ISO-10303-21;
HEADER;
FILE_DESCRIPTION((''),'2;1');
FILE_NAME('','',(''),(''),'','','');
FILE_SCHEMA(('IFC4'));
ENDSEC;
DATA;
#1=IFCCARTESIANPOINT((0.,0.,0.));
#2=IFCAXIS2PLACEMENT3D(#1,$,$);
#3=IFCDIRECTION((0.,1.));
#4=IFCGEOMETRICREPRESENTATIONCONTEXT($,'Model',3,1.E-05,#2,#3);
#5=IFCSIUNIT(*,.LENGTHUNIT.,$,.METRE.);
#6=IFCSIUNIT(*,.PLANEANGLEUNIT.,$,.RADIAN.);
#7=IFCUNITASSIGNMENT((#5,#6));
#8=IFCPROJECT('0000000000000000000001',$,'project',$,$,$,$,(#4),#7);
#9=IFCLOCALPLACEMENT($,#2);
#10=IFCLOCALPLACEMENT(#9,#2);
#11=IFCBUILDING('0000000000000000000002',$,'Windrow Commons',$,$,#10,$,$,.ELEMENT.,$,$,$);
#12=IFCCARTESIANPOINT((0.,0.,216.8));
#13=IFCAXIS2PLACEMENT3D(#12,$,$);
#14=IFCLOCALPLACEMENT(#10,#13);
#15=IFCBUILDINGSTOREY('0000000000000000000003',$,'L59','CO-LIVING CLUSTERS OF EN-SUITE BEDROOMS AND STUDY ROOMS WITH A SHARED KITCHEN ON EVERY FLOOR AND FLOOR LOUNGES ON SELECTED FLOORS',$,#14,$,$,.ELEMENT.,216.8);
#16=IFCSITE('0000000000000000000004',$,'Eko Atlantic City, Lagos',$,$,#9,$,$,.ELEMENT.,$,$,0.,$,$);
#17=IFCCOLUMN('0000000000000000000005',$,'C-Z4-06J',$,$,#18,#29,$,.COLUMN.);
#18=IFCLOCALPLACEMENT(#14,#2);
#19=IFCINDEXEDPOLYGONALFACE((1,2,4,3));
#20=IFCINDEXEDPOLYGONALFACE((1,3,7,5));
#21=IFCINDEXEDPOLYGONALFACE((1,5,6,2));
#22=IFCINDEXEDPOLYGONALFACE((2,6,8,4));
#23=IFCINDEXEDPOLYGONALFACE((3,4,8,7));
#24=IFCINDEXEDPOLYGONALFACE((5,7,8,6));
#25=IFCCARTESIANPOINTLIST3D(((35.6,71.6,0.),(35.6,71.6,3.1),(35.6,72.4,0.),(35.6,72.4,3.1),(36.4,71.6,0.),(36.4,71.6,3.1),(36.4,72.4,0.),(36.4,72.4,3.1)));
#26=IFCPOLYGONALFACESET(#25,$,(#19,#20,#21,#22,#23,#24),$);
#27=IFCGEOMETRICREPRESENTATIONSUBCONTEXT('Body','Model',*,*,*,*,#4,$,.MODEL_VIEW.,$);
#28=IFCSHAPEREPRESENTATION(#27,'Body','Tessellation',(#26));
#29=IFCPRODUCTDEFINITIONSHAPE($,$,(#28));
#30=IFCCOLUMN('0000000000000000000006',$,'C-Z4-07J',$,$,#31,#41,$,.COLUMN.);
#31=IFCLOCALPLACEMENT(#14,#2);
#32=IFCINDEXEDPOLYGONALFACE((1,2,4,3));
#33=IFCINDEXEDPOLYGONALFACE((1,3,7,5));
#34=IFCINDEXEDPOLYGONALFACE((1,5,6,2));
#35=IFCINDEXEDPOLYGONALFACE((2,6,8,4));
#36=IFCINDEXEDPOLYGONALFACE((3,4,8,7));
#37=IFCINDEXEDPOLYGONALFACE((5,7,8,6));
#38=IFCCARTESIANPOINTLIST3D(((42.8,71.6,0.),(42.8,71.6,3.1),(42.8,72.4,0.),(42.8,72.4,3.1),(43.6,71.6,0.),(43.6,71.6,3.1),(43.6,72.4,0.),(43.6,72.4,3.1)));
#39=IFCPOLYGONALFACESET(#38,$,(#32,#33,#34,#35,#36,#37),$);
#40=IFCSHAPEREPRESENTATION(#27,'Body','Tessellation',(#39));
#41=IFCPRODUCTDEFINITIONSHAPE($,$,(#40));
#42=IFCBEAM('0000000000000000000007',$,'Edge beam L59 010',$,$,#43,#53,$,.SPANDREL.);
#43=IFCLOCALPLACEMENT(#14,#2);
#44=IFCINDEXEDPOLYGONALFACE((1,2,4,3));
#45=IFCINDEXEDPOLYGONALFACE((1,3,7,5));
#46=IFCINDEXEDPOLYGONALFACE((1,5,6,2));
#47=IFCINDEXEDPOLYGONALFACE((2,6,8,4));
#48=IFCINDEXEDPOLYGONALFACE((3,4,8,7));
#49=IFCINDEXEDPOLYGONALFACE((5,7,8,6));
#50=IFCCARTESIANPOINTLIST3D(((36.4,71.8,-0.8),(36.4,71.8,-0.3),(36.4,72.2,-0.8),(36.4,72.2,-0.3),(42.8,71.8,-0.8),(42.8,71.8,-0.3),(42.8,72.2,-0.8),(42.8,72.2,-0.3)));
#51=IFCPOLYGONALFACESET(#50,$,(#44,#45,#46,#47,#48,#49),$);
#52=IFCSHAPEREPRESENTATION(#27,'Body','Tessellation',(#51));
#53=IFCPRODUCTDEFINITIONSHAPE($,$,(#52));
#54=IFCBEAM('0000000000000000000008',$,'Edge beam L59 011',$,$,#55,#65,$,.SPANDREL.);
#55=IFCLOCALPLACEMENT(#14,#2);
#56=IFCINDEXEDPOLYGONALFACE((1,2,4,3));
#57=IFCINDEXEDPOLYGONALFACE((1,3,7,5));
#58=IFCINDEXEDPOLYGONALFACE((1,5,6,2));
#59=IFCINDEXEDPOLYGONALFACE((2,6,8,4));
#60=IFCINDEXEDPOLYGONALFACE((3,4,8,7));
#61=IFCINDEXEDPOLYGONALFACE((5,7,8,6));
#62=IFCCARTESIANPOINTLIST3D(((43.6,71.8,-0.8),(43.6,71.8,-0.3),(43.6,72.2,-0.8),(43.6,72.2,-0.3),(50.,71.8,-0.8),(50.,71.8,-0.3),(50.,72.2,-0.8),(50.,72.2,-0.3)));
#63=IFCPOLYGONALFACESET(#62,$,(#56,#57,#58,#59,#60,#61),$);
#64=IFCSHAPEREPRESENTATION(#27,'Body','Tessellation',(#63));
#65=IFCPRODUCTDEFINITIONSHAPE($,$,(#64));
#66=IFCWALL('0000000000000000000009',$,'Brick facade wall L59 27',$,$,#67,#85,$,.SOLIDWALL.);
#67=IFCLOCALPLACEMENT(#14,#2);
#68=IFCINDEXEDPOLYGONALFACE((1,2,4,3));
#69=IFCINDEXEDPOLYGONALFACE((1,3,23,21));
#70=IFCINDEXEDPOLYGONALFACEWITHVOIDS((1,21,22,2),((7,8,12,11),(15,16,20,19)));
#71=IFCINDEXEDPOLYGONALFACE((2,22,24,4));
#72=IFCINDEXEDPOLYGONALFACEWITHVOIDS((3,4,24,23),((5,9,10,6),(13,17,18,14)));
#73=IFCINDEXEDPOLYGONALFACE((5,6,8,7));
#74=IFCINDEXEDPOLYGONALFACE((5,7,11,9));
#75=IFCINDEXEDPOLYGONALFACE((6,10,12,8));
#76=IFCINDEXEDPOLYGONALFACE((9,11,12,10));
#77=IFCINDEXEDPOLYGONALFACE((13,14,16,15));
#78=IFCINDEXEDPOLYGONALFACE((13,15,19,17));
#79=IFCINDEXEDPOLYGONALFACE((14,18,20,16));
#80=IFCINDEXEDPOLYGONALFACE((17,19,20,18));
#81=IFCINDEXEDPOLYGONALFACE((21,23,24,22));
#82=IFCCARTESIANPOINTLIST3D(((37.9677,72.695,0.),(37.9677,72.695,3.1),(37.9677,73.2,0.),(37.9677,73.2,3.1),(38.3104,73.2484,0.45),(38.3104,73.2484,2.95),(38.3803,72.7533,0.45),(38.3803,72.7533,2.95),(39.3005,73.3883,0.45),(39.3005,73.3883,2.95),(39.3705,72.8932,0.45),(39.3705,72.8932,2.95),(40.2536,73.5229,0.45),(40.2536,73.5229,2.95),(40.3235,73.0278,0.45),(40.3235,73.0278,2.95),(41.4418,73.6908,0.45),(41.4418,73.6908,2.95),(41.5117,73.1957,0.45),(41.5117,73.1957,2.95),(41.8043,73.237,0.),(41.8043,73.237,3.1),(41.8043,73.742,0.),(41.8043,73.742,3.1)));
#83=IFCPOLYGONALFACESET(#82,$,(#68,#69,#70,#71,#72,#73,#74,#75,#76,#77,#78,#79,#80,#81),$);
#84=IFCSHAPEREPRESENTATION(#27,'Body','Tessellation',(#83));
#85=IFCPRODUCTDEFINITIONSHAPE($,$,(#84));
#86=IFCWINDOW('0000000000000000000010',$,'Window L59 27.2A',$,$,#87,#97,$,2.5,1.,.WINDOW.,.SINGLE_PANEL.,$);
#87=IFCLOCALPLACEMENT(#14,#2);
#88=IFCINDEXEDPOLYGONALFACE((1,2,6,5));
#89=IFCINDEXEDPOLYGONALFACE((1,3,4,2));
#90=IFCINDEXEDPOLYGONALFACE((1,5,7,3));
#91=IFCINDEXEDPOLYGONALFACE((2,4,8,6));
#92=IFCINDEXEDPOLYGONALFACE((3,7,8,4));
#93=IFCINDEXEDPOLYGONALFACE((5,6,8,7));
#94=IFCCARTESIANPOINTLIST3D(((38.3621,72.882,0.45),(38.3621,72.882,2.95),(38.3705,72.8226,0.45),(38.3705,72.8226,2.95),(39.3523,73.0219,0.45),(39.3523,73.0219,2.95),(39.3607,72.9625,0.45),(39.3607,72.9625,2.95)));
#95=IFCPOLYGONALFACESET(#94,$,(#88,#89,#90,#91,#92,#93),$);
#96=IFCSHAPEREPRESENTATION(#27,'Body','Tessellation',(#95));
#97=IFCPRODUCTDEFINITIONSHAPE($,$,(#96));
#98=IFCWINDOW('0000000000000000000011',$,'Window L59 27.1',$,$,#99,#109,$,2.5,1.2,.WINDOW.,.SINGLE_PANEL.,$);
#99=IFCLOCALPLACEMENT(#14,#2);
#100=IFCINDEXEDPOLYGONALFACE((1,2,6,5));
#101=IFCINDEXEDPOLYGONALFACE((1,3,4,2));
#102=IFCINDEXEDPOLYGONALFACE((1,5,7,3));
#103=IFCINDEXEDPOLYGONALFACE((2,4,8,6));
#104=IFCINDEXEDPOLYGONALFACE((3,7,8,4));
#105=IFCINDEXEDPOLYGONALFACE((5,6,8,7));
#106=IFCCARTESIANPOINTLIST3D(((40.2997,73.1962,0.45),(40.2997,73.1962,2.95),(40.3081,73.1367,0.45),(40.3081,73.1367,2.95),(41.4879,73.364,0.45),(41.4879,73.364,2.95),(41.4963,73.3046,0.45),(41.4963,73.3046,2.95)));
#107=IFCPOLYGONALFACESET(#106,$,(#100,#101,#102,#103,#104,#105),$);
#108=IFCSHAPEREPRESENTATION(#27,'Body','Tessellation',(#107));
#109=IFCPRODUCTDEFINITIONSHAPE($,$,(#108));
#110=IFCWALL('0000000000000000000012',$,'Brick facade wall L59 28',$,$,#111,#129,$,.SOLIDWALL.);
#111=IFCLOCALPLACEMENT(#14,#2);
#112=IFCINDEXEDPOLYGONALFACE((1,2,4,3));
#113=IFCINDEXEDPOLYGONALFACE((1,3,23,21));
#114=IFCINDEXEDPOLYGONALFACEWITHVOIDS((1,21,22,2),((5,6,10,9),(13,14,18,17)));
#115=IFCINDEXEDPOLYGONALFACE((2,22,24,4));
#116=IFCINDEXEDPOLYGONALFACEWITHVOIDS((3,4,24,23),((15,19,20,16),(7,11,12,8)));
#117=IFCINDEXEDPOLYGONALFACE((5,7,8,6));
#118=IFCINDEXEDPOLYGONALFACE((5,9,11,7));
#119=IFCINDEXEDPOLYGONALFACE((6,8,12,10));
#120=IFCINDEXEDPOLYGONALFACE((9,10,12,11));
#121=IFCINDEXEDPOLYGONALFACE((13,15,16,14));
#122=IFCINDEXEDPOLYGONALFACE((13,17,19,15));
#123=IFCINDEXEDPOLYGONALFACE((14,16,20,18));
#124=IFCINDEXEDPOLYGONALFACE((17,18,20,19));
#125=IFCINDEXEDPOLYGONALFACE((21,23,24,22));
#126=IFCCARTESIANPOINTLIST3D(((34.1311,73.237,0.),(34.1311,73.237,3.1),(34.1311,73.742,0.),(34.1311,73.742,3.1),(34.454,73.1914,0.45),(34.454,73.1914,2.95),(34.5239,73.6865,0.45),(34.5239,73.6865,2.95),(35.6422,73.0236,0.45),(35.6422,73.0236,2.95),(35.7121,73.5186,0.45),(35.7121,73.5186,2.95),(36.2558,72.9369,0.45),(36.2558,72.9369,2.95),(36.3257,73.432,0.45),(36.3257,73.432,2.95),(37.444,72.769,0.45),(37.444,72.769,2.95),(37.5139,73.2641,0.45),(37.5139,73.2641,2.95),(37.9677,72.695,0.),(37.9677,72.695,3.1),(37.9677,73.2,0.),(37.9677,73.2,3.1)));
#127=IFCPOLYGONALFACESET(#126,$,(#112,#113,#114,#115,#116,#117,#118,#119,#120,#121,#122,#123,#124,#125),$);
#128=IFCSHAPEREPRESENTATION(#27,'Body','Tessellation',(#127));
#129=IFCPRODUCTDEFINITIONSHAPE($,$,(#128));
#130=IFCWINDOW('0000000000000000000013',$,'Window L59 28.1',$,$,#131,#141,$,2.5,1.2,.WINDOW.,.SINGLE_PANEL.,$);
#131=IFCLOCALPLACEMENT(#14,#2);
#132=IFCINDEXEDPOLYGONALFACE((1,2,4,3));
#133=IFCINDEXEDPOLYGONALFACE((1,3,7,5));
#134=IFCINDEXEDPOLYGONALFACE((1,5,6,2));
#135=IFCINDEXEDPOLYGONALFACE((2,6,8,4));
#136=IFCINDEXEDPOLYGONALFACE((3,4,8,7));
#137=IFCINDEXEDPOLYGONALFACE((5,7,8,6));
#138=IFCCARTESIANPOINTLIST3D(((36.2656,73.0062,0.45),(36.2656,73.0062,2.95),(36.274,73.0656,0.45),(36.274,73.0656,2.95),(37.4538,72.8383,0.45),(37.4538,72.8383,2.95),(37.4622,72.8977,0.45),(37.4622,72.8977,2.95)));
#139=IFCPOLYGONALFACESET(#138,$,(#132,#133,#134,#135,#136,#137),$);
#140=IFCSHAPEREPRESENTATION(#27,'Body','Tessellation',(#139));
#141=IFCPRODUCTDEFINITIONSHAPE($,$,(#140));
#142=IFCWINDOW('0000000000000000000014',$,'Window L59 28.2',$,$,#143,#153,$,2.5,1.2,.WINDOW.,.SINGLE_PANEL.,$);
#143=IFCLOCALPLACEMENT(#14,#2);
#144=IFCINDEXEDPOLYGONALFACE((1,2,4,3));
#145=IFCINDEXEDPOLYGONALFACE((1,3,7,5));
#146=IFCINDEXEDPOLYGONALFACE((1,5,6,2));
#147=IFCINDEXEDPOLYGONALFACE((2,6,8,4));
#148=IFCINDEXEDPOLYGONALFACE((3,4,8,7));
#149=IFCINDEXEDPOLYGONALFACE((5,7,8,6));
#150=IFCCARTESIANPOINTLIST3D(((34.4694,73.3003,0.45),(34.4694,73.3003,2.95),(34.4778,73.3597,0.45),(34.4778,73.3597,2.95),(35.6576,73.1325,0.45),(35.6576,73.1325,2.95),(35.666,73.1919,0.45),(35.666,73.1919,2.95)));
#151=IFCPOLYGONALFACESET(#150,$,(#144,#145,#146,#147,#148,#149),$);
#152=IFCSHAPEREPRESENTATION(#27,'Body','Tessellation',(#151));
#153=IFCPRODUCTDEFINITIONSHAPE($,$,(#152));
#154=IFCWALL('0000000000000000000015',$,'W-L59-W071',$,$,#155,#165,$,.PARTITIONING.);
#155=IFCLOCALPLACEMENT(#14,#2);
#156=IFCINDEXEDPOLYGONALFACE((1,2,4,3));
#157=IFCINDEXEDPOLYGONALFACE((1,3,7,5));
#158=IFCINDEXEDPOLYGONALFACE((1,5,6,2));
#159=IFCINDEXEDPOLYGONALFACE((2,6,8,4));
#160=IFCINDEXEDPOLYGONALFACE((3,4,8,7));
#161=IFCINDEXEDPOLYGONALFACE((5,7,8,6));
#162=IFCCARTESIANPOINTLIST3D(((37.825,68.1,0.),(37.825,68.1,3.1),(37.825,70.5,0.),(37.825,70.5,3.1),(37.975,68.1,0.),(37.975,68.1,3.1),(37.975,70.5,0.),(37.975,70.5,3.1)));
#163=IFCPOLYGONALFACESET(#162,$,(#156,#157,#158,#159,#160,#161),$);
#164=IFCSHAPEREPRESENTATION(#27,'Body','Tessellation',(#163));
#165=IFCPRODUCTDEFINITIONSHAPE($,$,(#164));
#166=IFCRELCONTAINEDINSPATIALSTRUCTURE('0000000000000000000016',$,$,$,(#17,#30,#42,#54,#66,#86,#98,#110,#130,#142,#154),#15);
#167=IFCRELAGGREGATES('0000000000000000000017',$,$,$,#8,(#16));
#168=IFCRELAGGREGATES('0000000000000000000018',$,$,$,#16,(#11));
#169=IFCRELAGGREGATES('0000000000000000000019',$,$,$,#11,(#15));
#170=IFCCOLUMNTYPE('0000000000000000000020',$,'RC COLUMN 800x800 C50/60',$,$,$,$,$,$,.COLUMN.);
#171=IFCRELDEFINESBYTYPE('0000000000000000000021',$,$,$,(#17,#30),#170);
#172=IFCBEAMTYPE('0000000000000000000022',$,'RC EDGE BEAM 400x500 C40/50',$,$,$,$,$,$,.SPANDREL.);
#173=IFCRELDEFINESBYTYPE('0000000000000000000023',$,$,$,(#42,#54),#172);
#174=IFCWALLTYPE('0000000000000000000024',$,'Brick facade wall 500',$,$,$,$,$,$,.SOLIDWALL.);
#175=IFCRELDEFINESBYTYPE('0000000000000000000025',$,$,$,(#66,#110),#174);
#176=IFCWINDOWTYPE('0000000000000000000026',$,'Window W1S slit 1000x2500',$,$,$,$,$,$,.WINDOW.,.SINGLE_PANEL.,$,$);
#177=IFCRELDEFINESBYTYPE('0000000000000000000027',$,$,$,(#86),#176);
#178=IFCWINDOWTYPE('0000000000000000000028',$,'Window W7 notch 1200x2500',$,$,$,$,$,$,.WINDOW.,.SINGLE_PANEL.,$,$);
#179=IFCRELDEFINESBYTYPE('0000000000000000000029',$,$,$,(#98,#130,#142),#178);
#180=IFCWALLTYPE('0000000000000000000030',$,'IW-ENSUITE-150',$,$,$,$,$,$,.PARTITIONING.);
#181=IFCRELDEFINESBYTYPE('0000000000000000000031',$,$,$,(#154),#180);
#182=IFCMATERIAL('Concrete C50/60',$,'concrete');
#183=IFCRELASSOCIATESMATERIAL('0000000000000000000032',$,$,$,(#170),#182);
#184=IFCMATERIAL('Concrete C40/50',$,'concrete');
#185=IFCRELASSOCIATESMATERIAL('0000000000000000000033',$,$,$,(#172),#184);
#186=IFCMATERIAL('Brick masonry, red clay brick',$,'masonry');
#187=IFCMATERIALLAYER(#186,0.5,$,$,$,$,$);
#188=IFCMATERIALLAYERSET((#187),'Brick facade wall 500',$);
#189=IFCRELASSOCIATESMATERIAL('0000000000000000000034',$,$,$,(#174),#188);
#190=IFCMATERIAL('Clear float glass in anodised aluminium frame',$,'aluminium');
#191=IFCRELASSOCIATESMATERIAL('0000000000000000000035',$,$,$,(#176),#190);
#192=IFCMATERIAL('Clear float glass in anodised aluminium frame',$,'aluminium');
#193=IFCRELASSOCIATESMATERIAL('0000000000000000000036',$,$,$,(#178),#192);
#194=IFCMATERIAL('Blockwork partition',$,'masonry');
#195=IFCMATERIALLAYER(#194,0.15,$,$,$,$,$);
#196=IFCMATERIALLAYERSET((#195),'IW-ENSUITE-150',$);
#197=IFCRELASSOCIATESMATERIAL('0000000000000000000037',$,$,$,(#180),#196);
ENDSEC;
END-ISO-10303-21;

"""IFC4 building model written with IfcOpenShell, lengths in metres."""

from ifc_helpers import new_model, si_unit, direction, frame, frame_2d, origin, origin_2d, place, context, subcontext, project, spatial, polyline, rectangle, outline, extrude, material, layer, layer_set, material_profile, profile_set, type_object, element, fill, save


model = new_model("IFC4")

# Units and contexts
model_context = context("Model", 3, precision=1e-05, world=origin(), true_north=direction((0.0, 1.0)))
body_context = subcontext(model_context, "Body", "Model", "MODEL_VIEW")
ifc_project = project(units=[si_unit("LENGTHUNIT", "METRE"), si_unit("PLANEANGLEUNIT", "RADIAN")], contexts=[model_context])

# Site, building, storey
site_placement = place(None, origin())
site = spatial("IfcSite", under=ifc_project, at=site_placement, Name="Eko Atlantic City, Lagos", CompositionType="ELEMENT", RefElevation=0.0)
building_placement = place(site_placement, origin())
building = spatial("IfcBuilding", under=site, at=building_placement, Name="Windrow Commons", CompositionType="ELEMENT")
storey_placement = place(building_placement, frame((0.0, 0.0, 216.8)))
storey = spatial("IfcBuildingStorey", under=building, at=storey_placement, Name="L59", Description="CO-LIVING CLUSTERS OF EN-SUITE BEDROOMS AND STUDY ROOMS WITH A SHARED KITCHEN ON EVERY FLOOR AND FLOOR LOUNGES ON SELECTED FLOORS", CompositionType="ELEMENT", Elevation=216.8)

# Columns
ifc_material_1 = material(Name="Concrete C50/60", Category="concrete")
ifc_material_profile_1 = material_profile(ifc_material_1, rectangle(XDim=0.8, YDim=0.8, at=origin_2d()))
ifc_profile_set_1 = profile_set([ifc_material_profile_1], Name="Concrete C50/60")
column_type = type_object("IfcColumnType", Name="RC COLUMN 800x800 C50/60", PredefinedType="COLUMN", material=ifc_profile_set_1)
for number, where, z_axis, x_axis, name in (
    (1, (36.0, 72.0, 0.0), (0.0, 0.0, 1.0), (1.0, 0.0, 0.0), "C-Z4-06J"),
    (2, (43.2, 72.0, 0.0), (0.0, 0.0, 1.0), (1.0, 0.0, 0.0), "C-Z4-07J"),
):
    element("IfcColumn", number, at=place(storey_placement, frame(where, z_axis=z_axis, x_axis=x_axis)), inside=storey, type_object=column_type, Name=name, PredefinedType="COLUMN", context=body_context, shape_type="SweptSolid", body=[
        extrude(rectangle(XDim=0.8, YDim=0.8, at=origin_2d()), origin(), (0.0, 0.0, 1.0), 3.1),
    ])

# Beams
ifc_material_2 = material(Name="Concrete C40/50", Category="concrete")
ifc_material_profile_2 = material_profile(ifc_material_2, rectangle(XDim=0.4, YDim=0.5, at=origin_2d()))
ifc_profile_set_2 = profile_set([ifc_material_profile_2], Name="Concrete C40/50")
beam_type = type_object("IfcBeamType", Name="RC EDGE BEAM 400x500 C40/50", PredefinedType="SPANDREL", material=ifc_profile_set_2)
for number, where, z_axis, x_axis, name in (
    (3, (36.4, 72.0, -0.55), (1.0, 0.0, 0.0), (0.0, 1.0, 0.0), "Edge beam L59 010"),
    (4, (43.6, 72.0, -0.55), (1.0, 0.0, 0.0), (0.0, 1.0, 0.0), "Edge beam L59 011"),
):
    element("IfcBeam", number, at=place(storey_placement, frame(where, z_axis=z_axis, x_axis=x_axis)), inside=storey, type_object=beam_type, Name=name, PredefinedType="SPANDREL", context=body_context, shape_type="SweptSolid", body=[
        extrude(rectangle(XDim=0.4, YDim=0.5, at=origin_2d()), origin(), (0.0, 0.0, 1.0), 6.4),
    ])

# Walls, openings, windows
ifc_material_3 = material(Name="Brick masonry, red clay brick", Category="masonry")
ifc_layer_1 = layer(ifc_material_3, 0.5)
ifc_layer_set_1 = layer_set([ifc_layer_1], Name="Brick facade wall 500")
wall_type_1 = type_object("IfcWallType", Name="Brick facade wall 500", PredefinedType="SOLIDWALL", material=ifc_layer_set_1)
wall_1_placement = place(storey_placement, frame((41.8043, 73.4895, 0.0), z_axis=(0.0, 0.0, 1.0), x_axis=(-0.990168, -0.139882, 0.0)))
wall_1 = element("IfcWall", 5, at=wall_1_placement, inside=storey, type_object=wall_type_1, Name="Brick facade wall L59 27", PredefinedType="SOLIDWALL", context=body_context, shape_type="SweptSolid", body=[
    extrude(outline(polyline([(-0.0353, -0.25), (3.8394, -0.25), (3.91, 0.25), (0.0353, 0.25), (-0.0353, -0.25)])), origin(), (0.0, 0.0, 1.0), 3.1),
])
opening_1_placement = place(wall_1_placement, frame((0.3308, 0.0, 0.45)))
opening_1 = element("IfcOpeningElement", 6, at=opening_1_placement, cuts=wall_1, PredefinedType="OPENING", context=body_context, shape_type="SweptSolid", body=[
    extrude(rectangle(XDim=1.2, YDim=2.5, at=frame_2d((0.6, 1.25))), frame((0.0, 0.26, 0.0), z_axis=(0.0, -1.0, 0.0), x_axis=(1.0, 0.0, 0.0)), (0.0, 0.0, 1.0), 0.52),
])
opening_2_placement = place(wall_1_placement, frame((2.4933, 0.0, 0.45)))
opening_2 = element("IfcOpeningElement", 7, at=opening_2_placement, cuts=wall_1, PredefinedType="OPENING", context=body_context, shape_type="SweptSolid", body=[
    extrude(rectangle(XDim=1.0, YDim=2.5, at=frame_2d((0.5, 1.25))), frame((0.0, 0.26, 0.0), z_axis=(0.0, -1.0, 0.0), x_axis=(1.0, 0.0, 0.0)), (0.0, 0.0, 1.0), 0.52),
])
ifc_material_4 = material(Name="Clear float glass in anodised aluminium frame", Category="aluminium")
window_type_1 = type_object("IfcWindowType", Name="Window W1S slit 1000x2500", PartitioningType="SINGLE_PANEL", PredefinedType="WINDOW", material=ifc_material_4)
window_1_placement = place(opening_2_placement, origin())
window_1 = element("IfcWindow", 8, at=window_1_placement, inside=storey, type_object=window_type_1, Name="Window L59 27.2A", OverallHeight=2.5, OverallWidth=1.0, PartitioningType="SINGLE_PANEL", PredefinedType="WINDOW", context=body_context, shape_type="SweptSolid", body=[
    extrude(rectangle(XDim=1.0, YDim=2.5, at=frame_2d((0.5, 1.25))), frame((0.0, 0.18, 0.0), z_axis=(0.0, -1.0, 0.0), x_axis=(1.0, 0.0, 0.0)), (0.0, 0.0, 1.0), 0.06),
])
fill(opening_2, window_1)
ifc_material_5 = material(Name="Clear float glass in anodised aluminium frame", Category="aluminium")
window_type_2 = type_object("IfcWindowType", Name="Window W7 notch 1200x2500", PartitioningType="SINGLE_PANEL", PredefinedType="WINDOW", material=ifc_material_5)
window_2_placement = place(opening_1_placement, origin())
window_2 = element("IfcWindow", 9, at=window_2_placement, inside=storey, type_object=window_type_2, Name="Window L59 27.1", OverallHeight=2.5, OverallWidth=1.2, PartitioningType="SINGLE_PANEL", PredefinedType="WINDOW", context=body_context, shape_type="SweptSolid", body=[
    extrude(rectangle(XDim=1.2, YDim=2.5, at=frame_2d((0.6, 1.25))), frame((0.0, 0.14, 0.0), z_axis=(0.0, -1.0, 0.0), x_axis=(1.0, 0.0, 0.0)), (0.0, 0.0, 1.0), 0.06),
])
fill(opening_1, window_2)
wall_2_placement = place(storey_placement, frame((37.9677, 72.9475, 0.0), z_axis=(0.0, 0.0, 1.0), x_axis=(-0.990168, 0.139886, 0.0)))
wall_2 = element("IfcWall", 10, at=wall_2_placement, inside=storey, type_object=wall_type_1, Name="Brick facade wall L59 28", PredefinedType="SOLIDWALL", context=body_context, shape_type="SweptSolid", body=[
    extrude(outline(polyline([(0.0353, -0.25), (3.91, -0.25), (3.8394, 0.25), (-0.0353, 0.25), (0.0353, -0.25)])), origin(), (0.0, 0.0, 1.0), 3.1),
])
opening_3_placement = place(wall_2_placement, frame((0.4936, 0.0, 0.45)))
opening_3 = element("IfcOpeningElement", 11, at=opening_3_placement, cuts=wall_2, PredefinedType="OPENING", context=body_context, shape_type="SweptSolid", body=[
    extrude(rectangle(XDim=1.2, YDim=2.5, at=frame_2d((0.6, 1.25))), frame((0.0, 0.26, 0.0), z_axis=(0.0, -1.0, 0.0), x_axis=(1.0, 0.0, 0.0)), (0.0, 0.0, 1.0), 0.52),
])
opening_4_placement = place(wall_2_placement, frame((2.3133, 0.0, 0.45)))
opening_4 = element("IfcOpeningElement", 12, at=opening_4_placement, cuts=wall_2, PredefinedType="OPENING", context=body_context, shape_type="SweptSolid", body=[
    extrude(rectangle(XDim=1.2, YDim=2.5, at=frame_2d((0.6, 1.25))), frame((0.0, 0.26, 0.0), z_axis=(0.0, -1.0, 0.0), x_axis=(1.0, 0.0, 0.0)), (0.0, 0.0, 1.0), 0.52),
])
window_3_placement = place(opening_3_placement, origin())
window_3 = element("IfcWindow", 13, at=window_3_placement, inside=storey, type_object=window_type_2, Name="Window L59 28.1", OverallHeight=2.5, OverallWidth=1.2, PartitioningType="SINGLE_PANEL", PredefinedType="WINDOW", context=body_context, shape_type="SweptSolid", body=[
    extrude(rectangle(XDim=1.2, YDim=2.5, at=frame_2d((0.6, 1.25))), frame((0.0, 0.18, 0.0), z_axis=(0.0, -1.0, 0.0), x_axis=(1.0, 0.0, 0.0)), (0.0, 0.0, 1.0), 0.06),
])
fill(opening_3, window_3)
window_4_placement = place(opening_4_placement, origin())
window_4 = element("IfcWindow", 14, at=window_4_placement, inside=storey, type_object=window_type_2, Name="Window L59 28.2", OverallHeight=2.5, OverallWidth=1.2, PartitioningType="SINGLE_PANEL", PredefinedType="WINDOW", context=body_context, shape_type="SweptSolid", body=[
    extrude(rectangle(XDim=1.2, YDim=2.5, at=frame_2d((0.6, 1.25))), frame((0.0, 0.14, 0.0), z_axis=(0.0, -1.0, 0.0), x_axis=(1.0, 0.0, 0.0)), (0.0, 0.0, 1.0), 0.06),
])
fill(opening_4, window_4)

# Wall
ifc_material_6 = material(Name="Blockwork partition", Category="masonry")
ifc_layer_2 = layer(ifc_material_6, 0.15)
ifc_layer_set_2 = layer_set([ifc_layer_2], Name="IW-ENSUITE-150")
wall_type_2 = type_object("IfcWallType", Name="IW-ENSUITE-150", PredefinedType="PARTITIONING", material=ifc_layer_set_2)
wall_3_placement = place(storey_placement, frame((37.9, 68.1, 0.0), z_axis=(0.0, 0.0, 1.0), x_axis=(0.0, 1.0, 0.0)))
element("IfcWall", 15, at=wall_3_placement, inside=storey, type_object=wall_type_2, Name="W-L59-W071", PredefinedType="PARTITIONING", context=body_context, shape_type="SweptSolid", body=[
    extrude(rectangle(XDim=2.4, YDim=0.15, at=frame_2d((1.2, 0.0))), origin(), (0.0, 0.0, 1.0), 3.1),
])

save(model, "model.ifc")
